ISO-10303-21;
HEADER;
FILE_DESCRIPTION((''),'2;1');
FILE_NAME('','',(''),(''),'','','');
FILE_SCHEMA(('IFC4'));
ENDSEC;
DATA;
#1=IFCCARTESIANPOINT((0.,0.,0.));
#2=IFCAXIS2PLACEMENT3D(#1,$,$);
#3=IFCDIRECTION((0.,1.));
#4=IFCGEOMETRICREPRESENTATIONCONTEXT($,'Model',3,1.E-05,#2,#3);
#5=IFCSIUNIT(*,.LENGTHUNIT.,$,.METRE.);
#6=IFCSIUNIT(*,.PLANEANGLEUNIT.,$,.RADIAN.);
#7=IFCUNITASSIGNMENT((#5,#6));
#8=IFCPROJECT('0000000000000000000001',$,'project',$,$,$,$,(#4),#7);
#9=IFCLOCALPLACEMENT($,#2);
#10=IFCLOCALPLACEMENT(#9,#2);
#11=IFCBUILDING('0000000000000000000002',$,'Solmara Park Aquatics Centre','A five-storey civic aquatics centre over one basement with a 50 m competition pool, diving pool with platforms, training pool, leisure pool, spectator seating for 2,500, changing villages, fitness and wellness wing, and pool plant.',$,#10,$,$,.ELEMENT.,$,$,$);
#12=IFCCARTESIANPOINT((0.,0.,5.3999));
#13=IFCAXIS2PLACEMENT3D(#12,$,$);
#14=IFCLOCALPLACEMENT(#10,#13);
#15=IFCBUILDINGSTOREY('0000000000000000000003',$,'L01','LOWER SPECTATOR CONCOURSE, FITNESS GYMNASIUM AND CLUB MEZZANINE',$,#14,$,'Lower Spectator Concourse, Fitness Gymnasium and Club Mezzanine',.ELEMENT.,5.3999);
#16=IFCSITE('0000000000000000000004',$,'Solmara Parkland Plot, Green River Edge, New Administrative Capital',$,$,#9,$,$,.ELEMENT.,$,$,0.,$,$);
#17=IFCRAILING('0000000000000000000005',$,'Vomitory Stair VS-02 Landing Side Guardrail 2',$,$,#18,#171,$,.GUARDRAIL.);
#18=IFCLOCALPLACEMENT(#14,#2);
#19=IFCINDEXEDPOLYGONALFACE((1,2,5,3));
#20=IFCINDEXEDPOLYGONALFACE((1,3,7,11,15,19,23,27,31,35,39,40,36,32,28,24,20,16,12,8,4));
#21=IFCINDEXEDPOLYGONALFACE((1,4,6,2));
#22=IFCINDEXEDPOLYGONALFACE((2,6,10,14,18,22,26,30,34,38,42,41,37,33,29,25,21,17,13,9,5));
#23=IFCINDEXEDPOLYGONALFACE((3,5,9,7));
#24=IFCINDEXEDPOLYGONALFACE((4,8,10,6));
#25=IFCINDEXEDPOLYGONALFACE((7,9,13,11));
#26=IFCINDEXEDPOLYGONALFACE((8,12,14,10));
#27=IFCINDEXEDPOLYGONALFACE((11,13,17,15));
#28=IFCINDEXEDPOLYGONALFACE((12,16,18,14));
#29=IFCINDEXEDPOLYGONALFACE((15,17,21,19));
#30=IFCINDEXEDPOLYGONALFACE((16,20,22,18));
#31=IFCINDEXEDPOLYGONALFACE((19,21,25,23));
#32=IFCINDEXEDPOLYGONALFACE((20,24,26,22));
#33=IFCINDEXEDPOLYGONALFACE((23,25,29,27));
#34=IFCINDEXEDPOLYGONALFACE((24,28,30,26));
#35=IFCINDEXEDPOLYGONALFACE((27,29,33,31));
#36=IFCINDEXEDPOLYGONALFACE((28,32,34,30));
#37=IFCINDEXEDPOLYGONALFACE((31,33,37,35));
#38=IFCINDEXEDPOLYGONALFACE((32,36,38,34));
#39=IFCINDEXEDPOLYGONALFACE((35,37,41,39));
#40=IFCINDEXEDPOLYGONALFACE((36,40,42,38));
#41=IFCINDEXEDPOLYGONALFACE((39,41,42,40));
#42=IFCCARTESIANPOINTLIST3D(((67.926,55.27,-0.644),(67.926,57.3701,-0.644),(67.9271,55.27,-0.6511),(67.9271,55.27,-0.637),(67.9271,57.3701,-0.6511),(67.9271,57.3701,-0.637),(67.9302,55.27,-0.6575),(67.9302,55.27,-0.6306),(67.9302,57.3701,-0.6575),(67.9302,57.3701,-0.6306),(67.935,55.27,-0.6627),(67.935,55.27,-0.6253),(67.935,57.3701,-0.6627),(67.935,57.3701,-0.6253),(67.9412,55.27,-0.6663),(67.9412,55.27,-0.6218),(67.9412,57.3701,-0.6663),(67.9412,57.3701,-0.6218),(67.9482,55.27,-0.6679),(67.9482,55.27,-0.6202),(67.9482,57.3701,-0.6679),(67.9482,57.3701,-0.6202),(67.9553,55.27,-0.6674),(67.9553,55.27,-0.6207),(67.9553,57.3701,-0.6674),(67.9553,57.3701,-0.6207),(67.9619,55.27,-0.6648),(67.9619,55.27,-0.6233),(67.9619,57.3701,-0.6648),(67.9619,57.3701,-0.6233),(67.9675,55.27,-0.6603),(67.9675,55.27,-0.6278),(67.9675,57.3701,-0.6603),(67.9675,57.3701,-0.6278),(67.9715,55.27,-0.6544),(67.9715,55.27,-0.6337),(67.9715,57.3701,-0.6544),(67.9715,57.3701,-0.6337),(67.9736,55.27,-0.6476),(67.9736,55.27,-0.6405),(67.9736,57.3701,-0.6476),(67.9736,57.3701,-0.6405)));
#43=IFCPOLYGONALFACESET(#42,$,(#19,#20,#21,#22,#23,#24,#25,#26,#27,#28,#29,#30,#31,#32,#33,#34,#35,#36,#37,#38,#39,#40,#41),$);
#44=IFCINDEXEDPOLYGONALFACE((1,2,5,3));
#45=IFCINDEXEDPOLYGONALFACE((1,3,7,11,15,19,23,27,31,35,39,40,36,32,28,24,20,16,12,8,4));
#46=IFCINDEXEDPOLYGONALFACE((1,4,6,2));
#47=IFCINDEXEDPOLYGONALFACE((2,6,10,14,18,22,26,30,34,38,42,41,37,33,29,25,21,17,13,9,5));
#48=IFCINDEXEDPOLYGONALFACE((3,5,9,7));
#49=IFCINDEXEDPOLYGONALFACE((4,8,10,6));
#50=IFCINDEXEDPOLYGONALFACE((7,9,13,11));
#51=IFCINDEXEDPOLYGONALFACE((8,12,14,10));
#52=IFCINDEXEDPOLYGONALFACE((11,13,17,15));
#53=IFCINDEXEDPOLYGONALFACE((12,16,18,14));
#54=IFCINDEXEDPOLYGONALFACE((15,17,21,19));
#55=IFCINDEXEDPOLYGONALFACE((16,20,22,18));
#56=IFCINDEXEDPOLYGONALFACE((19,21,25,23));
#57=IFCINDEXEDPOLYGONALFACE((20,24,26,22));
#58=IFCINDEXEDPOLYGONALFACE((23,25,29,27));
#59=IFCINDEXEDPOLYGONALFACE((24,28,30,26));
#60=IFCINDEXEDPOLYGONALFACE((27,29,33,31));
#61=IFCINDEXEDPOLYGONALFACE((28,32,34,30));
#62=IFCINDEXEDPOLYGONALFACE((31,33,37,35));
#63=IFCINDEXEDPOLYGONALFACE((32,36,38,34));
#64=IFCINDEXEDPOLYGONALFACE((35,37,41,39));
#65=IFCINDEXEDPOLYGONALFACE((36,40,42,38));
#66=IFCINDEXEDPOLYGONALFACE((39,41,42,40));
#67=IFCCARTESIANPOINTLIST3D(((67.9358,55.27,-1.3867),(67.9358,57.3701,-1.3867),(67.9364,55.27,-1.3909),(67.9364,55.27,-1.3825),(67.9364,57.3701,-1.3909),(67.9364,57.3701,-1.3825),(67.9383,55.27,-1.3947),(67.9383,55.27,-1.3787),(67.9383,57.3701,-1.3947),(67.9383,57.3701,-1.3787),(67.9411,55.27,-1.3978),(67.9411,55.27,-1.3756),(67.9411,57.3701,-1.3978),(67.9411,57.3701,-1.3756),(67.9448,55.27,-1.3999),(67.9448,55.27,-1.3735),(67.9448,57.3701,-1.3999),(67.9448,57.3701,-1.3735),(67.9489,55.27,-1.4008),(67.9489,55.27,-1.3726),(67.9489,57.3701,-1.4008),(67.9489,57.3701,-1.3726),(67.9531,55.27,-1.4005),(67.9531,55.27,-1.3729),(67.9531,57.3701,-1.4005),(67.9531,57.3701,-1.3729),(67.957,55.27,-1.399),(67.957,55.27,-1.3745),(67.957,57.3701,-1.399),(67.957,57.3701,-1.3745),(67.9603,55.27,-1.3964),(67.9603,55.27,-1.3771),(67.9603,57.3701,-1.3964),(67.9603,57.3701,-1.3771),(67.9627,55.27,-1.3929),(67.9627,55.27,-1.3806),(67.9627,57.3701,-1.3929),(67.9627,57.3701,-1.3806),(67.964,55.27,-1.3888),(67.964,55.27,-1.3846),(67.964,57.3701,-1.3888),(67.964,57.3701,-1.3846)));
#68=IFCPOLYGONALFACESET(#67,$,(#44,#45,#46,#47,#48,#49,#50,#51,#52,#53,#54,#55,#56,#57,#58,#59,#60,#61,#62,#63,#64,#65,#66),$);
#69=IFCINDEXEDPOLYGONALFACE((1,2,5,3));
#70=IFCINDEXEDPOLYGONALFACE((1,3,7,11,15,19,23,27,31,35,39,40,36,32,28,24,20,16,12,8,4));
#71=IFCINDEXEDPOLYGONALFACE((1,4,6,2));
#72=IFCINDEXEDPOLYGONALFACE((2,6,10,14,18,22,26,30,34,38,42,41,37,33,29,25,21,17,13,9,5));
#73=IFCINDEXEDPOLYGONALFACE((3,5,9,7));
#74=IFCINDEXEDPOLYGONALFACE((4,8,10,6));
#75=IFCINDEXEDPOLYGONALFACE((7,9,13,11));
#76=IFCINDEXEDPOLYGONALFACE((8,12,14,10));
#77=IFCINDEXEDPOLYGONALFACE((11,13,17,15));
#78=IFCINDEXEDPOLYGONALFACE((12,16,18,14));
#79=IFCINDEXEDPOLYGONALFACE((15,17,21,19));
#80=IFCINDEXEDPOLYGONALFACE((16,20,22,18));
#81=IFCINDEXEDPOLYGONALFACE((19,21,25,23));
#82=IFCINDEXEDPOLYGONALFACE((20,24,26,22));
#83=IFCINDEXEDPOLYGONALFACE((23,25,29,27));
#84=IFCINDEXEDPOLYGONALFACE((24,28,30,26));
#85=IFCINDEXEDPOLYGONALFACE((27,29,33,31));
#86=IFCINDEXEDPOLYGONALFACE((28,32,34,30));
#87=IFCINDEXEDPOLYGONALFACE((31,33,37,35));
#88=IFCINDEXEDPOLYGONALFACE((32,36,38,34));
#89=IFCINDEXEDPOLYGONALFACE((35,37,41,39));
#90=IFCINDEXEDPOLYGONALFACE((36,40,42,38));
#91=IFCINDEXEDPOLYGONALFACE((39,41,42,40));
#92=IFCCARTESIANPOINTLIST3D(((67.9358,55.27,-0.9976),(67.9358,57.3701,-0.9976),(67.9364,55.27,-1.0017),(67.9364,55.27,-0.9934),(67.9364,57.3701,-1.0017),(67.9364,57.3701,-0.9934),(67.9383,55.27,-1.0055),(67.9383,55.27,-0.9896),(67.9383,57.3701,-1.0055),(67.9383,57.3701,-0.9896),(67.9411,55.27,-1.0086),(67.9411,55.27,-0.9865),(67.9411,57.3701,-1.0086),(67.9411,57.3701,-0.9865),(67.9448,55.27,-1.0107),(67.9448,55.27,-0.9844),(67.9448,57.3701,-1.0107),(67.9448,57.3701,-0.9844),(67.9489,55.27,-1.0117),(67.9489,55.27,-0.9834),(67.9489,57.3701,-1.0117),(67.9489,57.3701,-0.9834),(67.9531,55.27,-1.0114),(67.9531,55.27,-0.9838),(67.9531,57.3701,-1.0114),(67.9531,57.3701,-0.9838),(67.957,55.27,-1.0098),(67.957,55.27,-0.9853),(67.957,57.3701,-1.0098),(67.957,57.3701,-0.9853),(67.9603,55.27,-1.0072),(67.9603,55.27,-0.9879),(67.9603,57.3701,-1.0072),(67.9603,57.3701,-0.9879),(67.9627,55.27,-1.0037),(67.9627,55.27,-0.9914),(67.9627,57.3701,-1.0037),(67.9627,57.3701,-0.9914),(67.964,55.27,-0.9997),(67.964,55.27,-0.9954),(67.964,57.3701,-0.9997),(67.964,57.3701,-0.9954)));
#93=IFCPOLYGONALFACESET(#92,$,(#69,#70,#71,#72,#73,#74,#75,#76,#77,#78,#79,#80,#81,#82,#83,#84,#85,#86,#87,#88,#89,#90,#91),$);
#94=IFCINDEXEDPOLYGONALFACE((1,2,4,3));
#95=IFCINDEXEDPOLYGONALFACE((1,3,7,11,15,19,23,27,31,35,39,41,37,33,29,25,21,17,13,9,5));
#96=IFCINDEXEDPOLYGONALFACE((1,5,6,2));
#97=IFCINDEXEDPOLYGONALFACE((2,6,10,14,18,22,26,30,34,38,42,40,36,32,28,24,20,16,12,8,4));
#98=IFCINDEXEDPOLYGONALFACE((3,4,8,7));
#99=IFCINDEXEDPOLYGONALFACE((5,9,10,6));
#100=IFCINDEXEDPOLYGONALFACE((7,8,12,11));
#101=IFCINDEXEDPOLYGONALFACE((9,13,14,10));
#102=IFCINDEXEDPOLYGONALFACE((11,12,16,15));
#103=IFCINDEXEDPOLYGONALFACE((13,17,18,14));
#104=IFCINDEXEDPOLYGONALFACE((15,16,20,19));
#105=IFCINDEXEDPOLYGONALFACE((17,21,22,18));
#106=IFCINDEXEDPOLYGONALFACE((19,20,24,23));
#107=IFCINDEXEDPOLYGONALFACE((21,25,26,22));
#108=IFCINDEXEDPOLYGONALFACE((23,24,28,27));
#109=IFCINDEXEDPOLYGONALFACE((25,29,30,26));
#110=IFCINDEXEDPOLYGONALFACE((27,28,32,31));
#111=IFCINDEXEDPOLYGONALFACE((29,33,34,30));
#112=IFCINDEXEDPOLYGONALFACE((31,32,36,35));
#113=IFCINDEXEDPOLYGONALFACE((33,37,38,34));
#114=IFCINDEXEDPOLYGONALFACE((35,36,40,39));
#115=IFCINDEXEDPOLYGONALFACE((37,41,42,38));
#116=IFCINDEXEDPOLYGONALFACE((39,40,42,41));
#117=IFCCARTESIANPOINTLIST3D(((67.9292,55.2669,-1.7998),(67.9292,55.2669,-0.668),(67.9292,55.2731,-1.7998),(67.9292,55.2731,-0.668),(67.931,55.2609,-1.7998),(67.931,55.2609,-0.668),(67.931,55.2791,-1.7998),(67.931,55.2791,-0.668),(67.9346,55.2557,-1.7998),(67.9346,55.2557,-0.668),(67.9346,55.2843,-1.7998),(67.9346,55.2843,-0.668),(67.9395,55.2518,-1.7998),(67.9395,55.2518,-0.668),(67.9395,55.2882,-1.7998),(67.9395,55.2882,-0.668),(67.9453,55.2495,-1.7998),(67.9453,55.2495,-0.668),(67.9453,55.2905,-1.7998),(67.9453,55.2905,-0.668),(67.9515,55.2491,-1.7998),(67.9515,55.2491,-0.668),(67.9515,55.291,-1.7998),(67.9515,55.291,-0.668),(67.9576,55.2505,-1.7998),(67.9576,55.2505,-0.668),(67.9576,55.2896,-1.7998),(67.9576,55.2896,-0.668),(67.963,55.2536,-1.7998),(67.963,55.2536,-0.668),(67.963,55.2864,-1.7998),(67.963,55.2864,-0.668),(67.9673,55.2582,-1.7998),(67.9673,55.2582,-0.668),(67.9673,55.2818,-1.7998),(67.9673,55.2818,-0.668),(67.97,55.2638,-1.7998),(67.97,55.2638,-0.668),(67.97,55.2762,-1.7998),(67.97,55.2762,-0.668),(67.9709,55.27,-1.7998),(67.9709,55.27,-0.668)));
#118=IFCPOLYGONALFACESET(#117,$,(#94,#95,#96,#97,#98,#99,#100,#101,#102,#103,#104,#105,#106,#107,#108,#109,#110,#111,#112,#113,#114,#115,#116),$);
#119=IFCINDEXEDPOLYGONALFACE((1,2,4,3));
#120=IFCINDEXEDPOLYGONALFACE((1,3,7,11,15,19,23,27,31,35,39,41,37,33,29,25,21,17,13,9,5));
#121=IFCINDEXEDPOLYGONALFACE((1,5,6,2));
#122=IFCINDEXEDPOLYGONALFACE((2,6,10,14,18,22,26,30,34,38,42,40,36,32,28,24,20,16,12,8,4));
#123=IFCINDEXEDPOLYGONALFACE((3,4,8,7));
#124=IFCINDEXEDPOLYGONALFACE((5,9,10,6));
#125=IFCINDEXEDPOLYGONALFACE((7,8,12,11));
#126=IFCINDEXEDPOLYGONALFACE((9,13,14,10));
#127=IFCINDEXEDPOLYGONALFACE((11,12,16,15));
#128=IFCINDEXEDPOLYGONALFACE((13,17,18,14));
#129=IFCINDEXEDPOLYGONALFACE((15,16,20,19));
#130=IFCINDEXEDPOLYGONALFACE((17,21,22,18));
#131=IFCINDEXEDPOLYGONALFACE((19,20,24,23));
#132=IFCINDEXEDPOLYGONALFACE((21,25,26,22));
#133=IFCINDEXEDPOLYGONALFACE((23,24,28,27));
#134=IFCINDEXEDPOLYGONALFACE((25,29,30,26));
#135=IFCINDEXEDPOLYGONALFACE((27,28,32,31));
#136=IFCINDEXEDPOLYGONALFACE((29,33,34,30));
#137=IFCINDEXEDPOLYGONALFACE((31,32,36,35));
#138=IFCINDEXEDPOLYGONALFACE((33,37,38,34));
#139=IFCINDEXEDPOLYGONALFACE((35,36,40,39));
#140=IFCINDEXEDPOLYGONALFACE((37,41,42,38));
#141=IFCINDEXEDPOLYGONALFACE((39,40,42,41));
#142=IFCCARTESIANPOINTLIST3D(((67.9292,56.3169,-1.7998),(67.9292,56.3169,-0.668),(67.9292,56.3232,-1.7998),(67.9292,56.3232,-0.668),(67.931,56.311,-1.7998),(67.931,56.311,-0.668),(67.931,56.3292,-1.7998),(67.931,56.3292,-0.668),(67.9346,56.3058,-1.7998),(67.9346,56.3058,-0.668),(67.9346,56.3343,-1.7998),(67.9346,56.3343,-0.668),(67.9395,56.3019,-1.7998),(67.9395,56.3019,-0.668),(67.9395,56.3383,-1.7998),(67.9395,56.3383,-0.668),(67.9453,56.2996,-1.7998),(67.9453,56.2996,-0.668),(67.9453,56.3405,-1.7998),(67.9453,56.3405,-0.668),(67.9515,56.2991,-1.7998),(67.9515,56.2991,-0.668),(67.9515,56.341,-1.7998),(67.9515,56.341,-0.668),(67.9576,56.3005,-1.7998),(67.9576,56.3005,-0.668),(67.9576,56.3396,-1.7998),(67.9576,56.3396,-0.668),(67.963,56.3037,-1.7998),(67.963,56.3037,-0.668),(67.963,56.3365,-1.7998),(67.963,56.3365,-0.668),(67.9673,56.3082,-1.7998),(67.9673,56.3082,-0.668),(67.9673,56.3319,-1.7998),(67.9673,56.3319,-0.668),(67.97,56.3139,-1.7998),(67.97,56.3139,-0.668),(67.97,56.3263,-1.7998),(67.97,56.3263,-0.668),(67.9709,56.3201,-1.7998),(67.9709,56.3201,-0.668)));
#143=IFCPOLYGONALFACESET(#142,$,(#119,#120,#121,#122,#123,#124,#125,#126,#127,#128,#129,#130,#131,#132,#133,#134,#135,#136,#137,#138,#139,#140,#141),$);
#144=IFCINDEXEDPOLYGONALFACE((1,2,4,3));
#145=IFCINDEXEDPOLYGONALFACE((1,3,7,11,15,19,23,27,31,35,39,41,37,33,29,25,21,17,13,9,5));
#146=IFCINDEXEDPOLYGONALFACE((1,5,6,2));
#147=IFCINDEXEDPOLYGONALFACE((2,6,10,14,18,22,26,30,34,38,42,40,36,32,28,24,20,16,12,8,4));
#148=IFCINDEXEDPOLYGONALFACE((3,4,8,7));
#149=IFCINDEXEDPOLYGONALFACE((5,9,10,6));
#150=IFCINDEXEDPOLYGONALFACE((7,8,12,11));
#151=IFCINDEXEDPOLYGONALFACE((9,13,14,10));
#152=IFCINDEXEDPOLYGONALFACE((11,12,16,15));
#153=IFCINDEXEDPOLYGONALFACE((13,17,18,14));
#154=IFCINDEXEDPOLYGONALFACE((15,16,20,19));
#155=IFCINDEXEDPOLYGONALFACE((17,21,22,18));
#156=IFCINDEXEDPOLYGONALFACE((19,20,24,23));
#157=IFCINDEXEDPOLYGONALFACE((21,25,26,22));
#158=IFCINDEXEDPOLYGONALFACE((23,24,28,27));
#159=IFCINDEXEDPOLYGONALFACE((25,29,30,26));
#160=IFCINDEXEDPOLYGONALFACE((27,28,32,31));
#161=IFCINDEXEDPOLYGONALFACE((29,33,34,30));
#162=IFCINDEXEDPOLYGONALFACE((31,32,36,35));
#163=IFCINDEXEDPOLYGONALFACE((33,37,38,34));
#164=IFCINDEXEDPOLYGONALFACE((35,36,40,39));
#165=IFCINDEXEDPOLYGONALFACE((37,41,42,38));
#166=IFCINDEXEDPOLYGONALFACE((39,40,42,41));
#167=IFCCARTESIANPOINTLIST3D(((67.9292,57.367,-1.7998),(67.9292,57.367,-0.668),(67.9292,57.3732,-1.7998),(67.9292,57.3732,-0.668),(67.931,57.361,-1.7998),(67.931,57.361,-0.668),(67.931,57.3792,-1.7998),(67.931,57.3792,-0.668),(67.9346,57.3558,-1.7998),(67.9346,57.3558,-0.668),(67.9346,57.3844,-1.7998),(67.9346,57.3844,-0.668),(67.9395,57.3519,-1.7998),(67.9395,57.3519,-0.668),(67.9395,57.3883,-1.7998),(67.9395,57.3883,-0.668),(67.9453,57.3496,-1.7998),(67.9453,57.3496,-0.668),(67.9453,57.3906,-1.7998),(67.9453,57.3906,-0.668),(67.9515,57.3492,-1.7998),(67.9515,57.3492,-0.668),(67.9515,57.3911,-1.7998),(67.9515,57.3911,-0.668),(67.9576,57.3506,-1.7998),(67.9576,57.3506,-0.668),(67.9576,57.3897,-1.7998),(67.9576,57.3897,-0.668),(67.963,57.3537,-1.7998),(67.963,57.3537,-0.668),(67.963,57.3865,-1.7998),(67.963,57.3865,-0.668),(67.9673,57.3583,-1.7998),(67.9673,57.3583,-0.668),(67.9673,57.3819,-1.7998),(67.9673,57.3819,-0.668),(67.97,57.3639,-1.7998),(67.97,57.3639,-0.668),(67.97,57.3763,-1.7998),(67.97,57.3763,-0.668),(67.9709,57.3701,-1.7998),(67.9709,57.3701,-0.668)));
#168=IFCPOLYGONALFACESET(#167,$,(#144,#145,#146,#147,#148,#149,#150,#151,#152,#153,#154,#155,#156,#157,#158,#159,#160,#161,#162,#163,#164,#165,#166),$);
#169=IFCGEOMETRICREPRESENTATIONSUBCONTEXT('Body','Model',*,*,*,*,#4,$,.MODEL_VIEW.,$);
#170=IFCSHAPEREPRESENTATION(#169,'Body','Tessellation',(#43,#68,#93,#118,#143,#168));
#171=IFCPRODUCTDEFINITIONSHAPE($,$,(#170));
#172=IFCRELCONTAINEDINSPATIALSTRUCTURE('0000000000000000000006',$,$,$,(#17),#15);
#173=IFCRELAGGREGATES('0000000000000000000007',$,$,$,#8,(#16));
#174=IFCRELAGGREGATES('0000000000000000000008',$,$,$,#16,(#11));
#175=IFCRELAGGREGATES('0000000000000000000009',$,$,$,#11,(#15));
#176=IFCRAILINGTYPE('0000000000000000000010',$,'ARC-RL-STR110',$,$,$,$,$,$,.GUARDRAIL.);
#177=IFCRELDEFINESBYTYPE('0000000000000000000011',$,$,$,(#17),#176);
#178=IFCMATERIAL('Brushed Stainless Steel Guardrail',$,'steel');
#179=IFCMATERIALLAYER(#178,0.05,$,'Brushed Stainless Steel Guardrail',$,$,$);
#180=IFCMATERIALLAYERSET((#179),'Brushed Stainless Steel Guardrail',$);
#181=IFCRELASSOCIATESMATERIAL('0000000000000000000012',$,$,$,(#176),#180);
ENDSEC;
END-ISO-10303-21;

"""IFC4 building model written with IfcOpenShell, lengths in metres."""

from ifc_helpers import new_model, si_unit, direction, frame, origin, origin_2d, place, context, subcontext, project, spatial, circle, extrude, material, layer, layer_set, type_object, element, save


model = new_model("IFC4")

# Units and contexts
model_context = context("Model", 3, precision=1e-05, world=origin(), true_north=direction((0.0, 1.0)))
body_context = subcontext(model_context, "Body", "Model", "MODEL_VIEW")
ifc_project = project(units=[si_unit("LENGTHUNIT", "METRE"), si_unit("PLANEANGLEUNIT", "RADIAN")], contexts=[model_context])

# Site, building, storey
site_placement = place(None, origin())
site = spatial("IfcSite", under=ifc_project, at=site_placement, Name="Solmara Parkland Plot, Green River Edge, New Administrative Capital", CompositionType="ELEMENT", RefElevation=0.0)
building_placement = place(site_placement, origin())
building = spatial("IfcBuilding", under=site, at=building_placement, Name="Solmara Park Aquatics Centre", Description="A five-storey civic aquatics centre over one basement with a 50 m competition pool, diving pool with platforms, training pool, leisure pool, spectator seating for 2,500, changing villages, fitness and wellness wing, and pool plant.", CompositionType="ELEMENT")
storey_placement = place(building_placement, frame((0.0, 0.0, 5.3999)))
storey = spatial("IfcBuildingStorey", under=building, at=storey_placement, Name="L01", Description="LOWER SPECTATOR CONCOURSE, FITNESS GYMNASIUM AND CLUB MEZZANINE", LongName="Lower Spectator Concourse, Fitness Gymnasium and Club Mezzanine", CompositionType="ELEMENT", Elevation=5.3999)

# Railing
ifc_material_1 = material(Name="Brushed Stainless Steel Guardrail", Category="steel")
ifc_layer_1 = layer(ifc_material_1, 0.05, Name="Brushed Stainless Steel Guardrail")
ifc_layer_set_1 = layer_set([ifc_layer_1], Name="Brushed Stainless Steel Guardrail")
railing_type_1 = type_object("IfcRailingType", Name="ARC-RL-STR110", PredefinedType="GUARDRAIL", material=ifc_layer_set_1)
railing_1_placement = place(storey_placement, frame((67.95, 55.27, -1.7998)))
element("IfcRailing", 1, at=railing_1_placement, inside=storey, type_object=railing_type_1, Name="Vomitory Stair VS-02 Landing Side Guardrail 2", PredefinedType="GUARDRAIL", context=body_context, shape_type="SweptSolid", body=[
    extrude(circle(Radius=0.0239, at=origin_2d()), frame((0.0, 0.0, 1.1558), z_axis=(0.0, 1.0, 0.0), x_axis=(-1.0, 0.0, 0.0)), (0.0, 0.0, 1.0), 2.1001),
    extrude(circle(Radius=0.0142, at=origin_2d()), frame((0.0, 0.0, 0.4131), z_axis=(0.0, 1.0, 0.0), x_axis=(-1.0, 0.0, 0.0)), (0.0, 0.0, 1.0), 2.1001),
    extrude(circle(Radius=0.0142, at=origin_2d()), frame((0.0, 0.0, 0.8022), z_axis=(0.0, 1.0, 0.0), x_axis=(-1.0, 0.0, 0.0)), (0.0, 0.0, 1.0), 2.1001),
    extrude(circle(Radius=0.021, at=origin_2d()), origin(), (0.0, 0.0, 1.0), 1.1318),
    extrude(circle(Radius=0.021, at=origin_2d()), frame((0.0, 1.05, 0.0)), (0.0, 0.0, 1.0), 1.1318),
    extrude(circle(Radius=0.021, at=origin_2d()), frame((0.0, 2.1001, 0.0)), (0.0, 0.0, 1.0), 1.1318),
])

save(model, "model.ifc")
